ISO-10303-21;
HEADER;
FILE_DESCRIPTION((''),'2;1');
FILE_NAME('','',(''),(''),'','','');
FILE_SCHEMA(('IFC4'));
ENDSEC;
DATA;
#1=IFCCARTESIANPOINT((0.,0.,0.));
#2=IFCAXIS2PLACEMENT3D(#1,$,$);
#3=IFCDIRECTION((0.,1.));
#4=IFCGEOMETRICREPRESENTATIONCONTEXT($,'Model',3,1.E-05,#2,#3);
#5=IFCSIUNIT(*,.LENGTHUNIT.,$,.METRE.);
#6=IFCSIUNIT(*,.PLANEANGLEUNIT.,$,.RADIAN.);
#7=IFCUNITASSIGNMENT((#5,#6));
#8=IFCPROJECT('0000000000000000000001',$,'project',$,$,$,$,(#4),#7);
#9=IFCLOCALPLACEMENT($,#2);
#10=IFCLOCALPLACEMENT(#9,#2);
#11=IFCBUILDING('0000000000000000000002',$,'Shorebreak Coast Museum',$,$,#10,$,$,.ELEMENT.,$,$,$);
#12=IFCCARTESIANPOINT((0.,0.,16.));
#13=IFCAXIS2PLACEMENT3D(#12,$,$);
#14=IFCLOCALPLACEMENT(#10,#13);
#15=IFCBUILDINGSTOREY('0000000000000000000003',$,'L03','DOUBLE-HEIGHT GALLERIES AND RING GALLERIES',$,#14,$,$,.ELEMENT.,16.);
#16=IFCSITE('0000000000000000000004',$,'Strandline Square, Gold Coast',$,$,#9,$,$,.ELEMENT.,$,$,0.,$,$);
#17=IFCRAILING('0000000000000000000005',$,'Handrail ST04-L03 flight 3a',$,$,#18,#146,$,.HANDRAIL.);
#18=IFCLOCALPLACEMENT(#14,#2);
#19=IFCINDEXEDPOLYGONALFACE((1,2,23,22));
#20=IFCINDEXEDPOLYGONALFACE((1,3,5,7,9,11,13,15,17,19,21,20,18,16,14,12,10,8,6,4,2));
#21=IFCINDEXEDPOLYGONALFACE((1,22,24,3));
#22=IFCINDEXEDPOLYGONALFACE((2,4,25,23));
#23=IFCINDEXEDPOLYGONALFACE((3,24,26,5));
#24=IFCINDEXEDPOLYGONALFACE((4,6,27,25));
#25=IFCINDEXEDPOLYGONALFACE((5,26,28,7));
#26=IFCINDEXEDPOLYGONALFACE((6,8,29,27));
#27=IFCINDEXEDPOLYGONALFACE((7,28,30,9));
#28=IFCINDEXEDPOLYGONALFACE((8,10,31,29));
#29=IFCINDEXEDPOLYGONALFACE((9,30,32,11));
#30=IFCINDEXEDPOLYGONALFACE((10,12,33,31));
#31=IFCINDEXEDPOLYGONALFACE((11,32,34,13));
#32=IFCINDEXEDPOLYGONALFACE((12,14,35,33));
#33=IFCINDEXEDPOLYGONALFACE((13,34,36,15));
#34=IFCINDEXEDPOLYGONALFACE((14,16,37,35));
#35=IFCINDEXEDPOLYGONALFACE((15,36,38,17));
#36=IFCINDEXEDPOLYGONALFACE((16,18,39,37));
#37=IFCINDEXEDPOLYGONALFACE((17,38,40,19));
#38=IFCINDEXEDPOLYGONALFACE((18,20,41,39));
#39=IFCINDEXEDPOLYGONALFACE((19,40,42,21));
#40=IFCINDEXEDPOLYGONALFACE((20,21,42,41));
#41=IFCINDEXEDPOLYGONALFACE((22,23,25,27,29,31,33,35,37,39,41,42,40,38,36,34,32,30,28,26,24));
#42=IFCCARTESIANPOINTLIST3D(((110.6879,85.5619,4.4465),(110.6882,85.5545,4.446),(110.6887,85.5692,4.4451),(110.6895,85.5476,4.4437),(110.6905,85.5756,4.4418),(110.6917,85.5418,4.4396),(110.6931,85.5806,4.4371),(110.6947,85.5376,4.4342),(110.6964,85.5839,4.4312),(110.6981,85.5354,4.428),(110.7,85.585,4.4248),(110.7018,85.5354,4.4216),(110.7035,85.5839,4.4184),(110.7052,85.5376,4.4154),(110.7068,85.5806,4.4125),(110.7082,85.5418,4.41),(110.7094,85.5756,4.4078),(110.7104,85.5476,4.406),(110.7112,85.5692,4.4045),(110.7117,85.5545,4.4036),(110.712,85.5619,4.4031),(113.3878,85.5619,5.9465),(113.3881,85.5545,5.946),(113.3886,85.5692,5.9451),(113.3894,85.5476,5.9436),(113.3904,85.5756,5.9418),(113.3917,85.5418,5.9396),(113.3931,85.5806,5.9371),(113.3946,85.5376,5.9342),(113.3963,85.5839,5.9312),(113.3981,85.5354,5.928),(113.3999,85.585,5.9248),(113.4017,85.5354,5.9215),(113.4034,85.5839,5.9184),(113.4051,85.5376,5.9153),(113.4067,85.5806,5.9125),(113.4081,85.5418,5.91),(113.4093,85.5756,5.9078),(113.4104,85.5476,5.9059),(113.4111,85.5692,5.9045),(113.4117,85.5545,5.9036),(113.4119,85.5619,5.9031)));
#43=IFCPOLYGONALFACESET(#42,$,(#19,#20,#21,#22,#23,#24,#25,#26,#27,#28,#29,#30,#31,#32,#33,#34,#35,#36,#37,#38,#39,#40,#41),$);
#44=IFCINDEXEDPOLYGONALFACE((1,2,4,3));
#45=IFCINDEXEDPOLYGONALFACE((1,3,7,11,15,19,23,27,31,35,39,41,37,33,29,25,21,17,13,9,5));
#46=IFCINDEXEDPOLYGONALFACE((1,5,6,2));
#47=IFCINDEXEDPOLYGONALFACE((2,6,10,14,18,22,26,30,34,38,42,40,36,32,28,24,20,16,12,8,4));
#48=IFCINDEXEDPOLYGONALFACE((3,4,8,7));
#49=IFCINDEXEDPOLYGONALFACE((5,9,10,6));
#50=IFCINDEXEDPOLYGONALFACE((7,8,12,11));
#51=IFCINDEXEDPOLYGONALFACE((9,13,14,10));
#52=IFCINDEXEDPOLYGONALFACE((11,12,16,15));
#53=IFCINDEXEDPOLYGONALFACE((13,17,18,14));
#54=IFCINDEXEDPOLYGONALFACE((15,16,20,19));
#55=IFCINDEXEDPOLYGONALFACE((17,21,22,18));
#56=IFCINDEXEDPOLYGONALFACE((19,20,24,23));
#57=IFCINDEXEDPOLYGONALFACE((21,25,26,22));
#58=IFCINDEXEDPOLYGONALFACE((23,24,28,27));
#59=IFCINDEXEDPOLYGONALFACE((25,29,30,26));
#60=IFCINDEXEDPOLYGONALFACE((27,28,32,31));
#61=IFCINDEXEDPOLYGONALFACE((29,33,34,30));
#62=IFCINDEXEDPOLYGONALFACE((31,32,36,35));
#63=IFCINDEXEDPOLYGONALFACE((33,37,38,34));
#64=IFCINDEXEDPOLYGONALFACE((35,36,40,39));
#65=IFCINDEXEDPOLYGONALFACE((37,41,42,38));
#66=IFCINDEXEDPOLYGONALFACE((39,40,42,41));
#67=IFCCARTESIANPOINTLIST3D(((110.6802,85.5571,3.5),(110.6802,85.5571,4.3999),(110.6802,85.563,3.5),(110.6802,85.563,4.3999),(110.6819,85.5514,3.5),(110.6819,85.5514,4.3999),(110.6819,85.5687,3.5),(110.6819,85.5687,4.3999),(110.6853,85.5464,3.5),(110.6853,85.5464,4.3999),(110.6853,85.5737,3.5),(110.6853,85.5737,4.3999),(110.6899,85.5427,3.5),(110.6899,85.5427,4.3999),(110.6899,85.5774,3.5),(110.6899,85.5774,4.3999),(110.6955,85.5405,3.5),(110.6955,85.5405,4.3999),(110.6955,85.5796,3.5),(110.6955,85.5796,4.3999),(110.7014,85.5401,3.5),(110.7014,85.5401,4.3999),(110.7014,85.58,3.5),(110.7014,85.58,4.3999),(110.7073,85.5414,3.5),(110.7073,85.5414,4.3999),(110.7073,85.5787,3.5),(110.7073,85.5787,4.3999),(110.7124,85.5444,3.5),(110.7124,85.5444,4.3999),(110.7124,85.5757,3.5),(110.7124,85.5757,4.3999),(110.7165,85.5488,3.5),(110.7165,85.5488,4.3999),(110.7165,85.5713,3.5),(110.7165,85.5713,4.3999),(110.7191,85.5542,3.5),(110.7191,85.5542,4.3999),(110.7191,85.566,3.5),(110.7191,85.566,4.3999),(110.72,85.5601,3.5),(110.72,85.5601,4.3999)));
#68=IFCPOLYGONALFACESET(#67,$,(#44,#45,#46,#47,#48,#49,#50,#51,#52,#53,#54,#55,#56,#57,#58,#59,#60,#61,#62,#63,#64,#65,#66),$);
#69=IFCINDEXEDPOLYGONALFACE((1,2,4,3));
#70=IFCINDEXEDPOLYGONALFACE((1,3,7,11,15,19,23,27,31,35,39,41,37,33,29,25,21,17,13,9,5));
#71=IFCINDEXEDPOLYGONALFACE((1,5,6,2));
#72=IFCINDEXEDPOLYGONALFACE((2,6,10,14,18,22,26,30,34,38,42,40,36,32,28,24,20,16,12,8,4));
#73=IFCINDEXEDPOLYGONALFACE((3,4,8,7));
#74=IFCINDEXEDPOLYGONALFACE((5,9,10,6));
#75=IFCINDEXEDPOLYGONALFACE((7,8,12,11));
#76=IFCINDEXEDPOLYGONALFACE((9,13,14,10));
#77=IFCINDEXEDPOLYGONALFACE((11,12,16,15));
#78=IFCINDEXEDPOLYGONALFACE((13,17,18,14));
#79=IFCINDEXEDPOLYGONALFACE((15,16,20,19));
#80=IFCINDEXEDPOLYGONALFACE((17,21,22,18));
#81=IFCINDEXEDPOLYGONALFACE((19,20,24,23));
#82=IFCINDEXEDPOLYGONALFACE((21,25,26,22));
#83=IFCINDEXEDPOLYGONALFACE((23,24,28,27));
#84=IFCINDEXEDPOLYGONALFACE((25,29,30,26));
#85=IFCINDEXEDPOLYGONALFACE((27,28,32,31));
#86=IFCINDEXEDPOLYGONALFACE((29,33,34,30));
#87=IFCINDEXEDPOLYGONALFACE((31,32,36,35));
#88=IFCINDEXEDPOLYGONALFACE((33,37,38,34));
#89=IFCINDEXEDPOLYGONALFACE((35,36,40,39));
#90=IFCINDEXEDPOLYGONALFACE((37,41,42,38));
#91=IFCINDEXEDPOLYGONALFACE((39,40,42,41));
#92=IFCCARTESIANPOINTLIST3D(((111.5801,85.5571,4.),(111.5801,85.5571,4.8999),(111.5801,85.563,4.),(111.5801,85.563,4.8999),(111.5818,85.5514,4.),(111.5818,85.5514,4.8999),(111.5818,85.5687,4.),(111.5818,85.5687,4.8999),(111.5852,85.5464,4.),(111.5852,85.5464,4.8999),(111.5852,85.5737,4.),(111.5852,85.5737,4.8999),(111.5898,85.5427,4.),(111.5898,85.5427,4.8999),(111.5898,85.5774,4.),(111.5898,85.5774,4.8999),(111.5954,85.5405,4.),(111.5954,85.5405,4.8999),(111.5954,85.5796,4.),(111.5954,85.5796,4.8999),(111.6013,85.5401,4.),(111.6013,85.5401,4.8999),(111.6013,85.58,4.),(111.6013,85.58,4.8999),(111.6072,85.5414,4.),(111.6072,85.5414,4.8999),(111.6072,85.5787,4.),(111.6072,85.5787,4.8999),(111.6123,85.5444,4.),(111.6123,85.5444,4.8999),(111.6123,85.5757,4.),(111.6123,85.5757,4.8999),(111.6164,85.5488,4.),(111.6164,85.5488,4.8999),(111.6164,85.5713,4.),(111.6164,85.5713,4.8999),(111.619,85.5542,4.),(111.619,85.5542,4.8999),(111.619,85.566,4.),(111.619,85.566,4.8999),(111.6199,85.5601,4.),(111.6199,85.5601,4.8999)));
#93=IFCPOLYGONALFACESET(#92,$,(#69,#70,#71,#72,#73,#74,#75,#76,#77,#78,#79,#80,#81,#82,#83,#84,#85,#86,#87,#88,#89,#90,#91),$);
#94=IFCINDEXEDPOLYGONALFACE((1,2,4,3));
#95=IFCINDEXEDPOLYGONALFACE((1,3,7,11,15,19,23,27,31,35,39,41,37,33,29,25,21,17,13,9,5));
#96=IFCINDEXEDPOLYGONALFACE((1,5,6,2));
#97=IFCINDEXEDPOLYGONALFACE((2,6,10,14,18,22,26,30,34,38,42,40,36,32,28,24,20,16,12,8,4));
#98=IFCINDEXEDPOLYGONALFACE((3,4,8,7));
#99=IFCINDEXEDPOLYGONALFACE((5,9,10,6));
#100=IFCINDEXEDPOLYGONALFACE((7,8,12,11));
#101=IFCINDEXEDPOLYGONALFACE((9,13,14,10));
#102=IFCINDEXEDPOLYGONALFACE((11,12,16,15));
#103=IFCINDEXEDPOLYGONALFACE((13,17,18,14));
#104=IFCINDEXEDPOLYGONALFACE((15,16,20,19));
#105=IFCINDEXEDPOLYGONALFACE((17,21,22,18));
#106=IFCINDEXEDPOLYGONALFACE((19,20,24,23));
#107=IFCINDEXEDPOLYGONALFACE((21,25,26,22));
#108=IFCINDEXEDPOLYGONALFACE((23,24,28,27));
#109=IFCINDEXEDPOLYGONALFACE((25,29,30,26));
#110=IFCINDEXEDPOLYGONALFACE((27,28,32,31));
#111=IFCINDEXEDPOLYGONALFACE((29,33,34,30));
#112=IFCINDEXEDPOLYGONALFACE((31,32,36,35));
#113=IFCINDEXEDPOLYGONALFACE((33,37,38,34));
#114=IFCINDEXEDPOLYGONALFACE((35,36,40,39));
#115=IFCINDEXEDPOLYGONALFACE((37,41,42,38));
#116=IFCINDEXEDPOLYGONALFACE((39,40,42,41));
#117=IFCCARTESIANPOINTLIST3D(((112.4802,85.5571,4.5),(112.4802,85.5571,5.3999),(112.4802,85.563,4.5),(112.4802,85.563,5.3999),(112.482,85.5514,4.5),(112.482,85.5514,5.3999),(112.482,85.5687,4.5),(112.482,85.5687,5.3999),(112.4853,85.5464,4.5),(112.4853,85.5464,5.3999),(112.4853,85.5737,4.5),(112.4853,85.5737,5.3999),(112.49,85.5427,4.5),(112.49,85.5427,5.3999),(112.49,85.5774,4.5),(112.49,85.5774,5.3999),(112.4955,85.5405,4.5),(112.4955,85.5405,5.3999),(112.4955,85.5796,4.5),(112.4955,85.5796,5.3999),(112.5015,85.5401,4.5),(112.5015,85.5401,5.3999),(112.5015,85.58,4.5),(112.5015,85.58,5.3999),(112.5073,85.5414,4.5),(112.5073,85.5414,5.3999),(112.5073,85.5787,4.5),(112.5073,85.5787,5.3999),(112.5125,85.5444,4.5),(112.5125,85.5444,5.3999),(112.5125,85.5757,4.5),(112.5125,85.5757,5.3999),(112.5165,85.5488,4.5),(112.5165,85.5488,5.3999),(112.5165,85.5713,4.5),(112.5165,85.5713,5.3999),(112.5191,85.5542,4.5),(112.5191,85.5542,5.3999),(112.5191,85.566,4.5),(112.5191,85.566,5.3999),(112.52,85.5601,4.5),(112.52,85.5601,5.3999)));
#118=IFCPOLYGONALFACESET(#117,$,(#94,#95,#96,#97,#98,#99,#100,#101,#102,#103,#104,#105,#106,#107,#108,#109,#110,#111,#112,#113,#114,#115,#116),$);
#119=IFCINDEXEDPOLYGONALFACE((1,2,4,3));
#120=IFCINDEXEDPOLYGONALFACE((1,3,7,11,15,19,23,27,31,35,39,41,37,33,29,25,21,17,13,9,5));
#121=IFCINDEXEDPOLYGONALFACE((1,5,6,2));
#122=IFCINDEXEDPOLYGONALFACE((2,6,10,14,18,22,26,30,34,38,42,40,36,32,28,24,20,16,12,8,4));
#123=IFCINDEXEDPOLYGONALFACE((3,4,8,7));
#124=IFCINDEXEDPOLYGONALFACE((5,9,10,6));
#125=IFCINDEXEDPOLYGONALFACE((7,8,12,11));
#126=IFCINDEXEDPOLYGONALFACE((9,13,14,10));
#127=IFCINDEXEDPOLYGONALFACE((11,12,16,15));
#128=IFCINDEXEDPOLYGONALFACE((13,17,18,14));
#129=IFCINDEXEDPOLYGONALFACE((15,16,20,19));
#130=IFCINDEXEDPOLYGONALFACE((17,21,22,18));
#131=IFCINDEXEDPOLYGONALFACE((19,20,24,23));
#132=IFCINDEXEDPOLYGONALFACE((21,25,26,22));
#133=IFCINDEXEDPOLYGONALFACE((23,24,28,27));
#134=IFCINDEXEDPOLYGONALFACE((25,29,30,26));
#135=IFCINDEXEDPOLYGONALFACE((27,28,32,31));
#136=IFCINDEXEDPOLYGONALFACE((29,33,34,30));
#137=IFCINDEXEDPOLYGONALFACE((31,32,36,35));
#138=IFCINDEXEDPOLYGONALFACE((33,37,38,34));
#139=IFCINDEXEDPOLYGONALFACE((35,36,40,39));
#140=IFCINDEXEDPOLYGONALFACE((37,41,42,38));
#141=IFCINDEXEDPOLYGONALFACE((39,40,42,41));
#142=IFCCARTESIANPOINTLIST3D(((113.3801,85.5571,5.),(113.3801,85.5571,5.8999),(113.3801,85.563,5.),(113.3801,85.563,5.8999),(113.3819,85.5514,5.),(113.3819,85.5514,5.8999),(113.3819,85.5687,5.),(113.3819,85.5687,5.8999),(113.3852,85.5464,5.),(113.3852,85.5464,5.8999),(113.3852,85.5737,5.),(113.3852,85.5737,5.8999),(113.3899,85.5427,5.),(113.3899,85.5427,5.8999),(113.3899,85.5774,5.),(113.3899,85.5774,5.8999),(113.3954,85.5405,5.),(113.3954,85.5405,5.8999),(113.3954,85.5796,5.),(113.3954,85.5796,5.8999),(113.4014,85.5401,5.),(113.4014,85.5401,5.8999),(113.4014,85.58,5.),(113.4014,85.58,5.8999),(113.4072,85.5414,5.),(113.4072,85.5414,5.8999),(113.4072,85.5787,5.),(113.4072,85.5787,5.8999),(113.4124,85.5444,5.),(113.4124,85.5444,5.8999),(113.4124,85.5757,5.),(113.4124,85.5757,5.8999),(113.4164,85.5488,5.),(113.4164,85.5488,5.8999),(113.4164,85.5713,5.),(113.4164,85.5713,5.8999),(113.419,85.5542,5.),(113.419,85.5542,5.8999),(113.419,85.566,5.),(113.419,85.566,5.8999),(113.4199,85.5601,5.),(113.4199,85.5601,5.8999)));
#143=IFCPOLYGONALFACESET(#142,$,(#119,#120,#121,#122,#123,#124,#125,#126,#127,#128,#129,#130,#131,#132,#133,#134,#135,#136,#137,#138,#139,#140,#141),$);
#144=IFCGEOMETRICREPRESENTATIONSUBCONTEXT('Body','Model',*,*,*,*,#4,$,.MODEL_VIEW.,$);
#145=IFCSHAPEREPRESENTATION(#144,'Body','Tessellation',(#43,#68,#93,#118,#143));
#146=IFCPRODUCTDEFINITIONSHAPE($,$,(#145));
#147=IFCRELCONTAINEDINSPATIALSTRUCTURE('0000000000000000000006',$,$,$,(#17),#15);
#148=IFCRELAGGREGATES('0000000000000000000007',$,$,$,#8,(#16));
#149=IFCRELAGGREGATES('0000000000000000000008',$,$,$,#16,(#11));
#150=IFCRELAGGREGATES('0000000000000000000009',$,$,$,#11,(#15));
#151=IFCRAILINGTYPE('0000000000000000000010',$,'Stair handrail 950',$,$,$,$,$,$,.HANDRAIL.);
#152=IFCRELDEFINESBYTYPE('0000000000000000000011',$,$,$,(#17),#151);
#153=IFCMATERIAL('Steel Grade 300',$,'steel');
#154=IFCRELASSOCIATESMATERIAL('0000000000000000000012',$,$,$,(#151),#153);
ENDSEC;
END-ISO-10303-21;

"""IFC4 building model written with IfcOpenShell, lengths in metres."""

from ifc_helpers import new_model, si_unit, direction, frame, origin, origin_2d, place, context, subcontext, project, spatial, circle, extrude, material, type_object, element, save


model = new_model("IFC4")

# Units and contexts
model_context = context("Model", 3, precision=1e-05, world=origin(), true_north=direction((0.0, 1.0)))
body_context = subcontext(model_context, "Body", "Model", "MODEL_VIEW")
ifc_project = project(units=[si_unit("LENGTHUNIT", "METRE"), si_unit("PLANEANGLEUNIT", "RADIAN")], contexts=[model_context])

# Site, building, storey
site_placement = place(None, origin())
site = spatial("IfcSite", under=ifc_project, at=site_placement, Name="Strandline Square, Gold Coast", CompositionType="ELEMENT", RefElevation=0.0)
building_placement = place(site_placement, origin())
building = spatial("IfcBuilding", under=site, at=building_placement, Name="Shorebreak Coast Museum", CompositionType="ELEMENT")
storey_placement = place(building_placement, frame((0.0, 0.0, 16.0)))
storey = spatial("IfcBuildingStorey", under=building, at=storey_placement, Name="L03", Description="DOUBLE-HEIGHT GALLERIES AND RING GALLERIES", CompositionType="ELEMENT", Elevation=16.0)

# Railing
ifc_material_1 = material(Name="Steel Grade 300", Category="steel")
railing_type_1 = type_object("IfcRailingType", Name="Stair handrail 950", PredefinedType="HANDRAIL", material=ifc_material_1)
for number, where, name in (
    (1, (110.7, 85.5601, 3.5), "Handrail ST04-L03 flight 3a"),
):
    element("IfcRailing", number, at=place(storey_placement, frame(where)), inside=storey, type_object=railing_type_1, Name=name, PredefinedType="HANDRAIL", context=body_context, shape_type="SweptSolid", body=[
        extrude(circle(Radius=0.0249, at=origin_2d()), frame((0.0, 0.0, 0.9248), z_axis=(0.874154, 0.0, 0.48565), x_axis=(0.0, 1.0, 0.0)), (0.0, 0.0, 1.0), 3.0886),
        extrude(circle(Radius=0.02, at=origin_2d()), origin(), (0.0, 0.0, 1.0), 0.8999),
        extrude(circle(Radius=0.02, at=origin_2d()), frame((0.8999, 0.0, 0.5)), (0.0, 0.0, 1.0), 0.8999),
        extrude(circle(Radius=0.02, at=origin_2d()), frame((1.8, 0.0, 1.0)), (0.0, 0.0, 1.0), 0.8999),
        extrude(circle(Radius=0.02, at=origin_2d()), frame((2.7, 0.0, 1.5)), (0.0, 0.0, 1.0), 0.8999),
    ])

save(model, "model.ifc")
